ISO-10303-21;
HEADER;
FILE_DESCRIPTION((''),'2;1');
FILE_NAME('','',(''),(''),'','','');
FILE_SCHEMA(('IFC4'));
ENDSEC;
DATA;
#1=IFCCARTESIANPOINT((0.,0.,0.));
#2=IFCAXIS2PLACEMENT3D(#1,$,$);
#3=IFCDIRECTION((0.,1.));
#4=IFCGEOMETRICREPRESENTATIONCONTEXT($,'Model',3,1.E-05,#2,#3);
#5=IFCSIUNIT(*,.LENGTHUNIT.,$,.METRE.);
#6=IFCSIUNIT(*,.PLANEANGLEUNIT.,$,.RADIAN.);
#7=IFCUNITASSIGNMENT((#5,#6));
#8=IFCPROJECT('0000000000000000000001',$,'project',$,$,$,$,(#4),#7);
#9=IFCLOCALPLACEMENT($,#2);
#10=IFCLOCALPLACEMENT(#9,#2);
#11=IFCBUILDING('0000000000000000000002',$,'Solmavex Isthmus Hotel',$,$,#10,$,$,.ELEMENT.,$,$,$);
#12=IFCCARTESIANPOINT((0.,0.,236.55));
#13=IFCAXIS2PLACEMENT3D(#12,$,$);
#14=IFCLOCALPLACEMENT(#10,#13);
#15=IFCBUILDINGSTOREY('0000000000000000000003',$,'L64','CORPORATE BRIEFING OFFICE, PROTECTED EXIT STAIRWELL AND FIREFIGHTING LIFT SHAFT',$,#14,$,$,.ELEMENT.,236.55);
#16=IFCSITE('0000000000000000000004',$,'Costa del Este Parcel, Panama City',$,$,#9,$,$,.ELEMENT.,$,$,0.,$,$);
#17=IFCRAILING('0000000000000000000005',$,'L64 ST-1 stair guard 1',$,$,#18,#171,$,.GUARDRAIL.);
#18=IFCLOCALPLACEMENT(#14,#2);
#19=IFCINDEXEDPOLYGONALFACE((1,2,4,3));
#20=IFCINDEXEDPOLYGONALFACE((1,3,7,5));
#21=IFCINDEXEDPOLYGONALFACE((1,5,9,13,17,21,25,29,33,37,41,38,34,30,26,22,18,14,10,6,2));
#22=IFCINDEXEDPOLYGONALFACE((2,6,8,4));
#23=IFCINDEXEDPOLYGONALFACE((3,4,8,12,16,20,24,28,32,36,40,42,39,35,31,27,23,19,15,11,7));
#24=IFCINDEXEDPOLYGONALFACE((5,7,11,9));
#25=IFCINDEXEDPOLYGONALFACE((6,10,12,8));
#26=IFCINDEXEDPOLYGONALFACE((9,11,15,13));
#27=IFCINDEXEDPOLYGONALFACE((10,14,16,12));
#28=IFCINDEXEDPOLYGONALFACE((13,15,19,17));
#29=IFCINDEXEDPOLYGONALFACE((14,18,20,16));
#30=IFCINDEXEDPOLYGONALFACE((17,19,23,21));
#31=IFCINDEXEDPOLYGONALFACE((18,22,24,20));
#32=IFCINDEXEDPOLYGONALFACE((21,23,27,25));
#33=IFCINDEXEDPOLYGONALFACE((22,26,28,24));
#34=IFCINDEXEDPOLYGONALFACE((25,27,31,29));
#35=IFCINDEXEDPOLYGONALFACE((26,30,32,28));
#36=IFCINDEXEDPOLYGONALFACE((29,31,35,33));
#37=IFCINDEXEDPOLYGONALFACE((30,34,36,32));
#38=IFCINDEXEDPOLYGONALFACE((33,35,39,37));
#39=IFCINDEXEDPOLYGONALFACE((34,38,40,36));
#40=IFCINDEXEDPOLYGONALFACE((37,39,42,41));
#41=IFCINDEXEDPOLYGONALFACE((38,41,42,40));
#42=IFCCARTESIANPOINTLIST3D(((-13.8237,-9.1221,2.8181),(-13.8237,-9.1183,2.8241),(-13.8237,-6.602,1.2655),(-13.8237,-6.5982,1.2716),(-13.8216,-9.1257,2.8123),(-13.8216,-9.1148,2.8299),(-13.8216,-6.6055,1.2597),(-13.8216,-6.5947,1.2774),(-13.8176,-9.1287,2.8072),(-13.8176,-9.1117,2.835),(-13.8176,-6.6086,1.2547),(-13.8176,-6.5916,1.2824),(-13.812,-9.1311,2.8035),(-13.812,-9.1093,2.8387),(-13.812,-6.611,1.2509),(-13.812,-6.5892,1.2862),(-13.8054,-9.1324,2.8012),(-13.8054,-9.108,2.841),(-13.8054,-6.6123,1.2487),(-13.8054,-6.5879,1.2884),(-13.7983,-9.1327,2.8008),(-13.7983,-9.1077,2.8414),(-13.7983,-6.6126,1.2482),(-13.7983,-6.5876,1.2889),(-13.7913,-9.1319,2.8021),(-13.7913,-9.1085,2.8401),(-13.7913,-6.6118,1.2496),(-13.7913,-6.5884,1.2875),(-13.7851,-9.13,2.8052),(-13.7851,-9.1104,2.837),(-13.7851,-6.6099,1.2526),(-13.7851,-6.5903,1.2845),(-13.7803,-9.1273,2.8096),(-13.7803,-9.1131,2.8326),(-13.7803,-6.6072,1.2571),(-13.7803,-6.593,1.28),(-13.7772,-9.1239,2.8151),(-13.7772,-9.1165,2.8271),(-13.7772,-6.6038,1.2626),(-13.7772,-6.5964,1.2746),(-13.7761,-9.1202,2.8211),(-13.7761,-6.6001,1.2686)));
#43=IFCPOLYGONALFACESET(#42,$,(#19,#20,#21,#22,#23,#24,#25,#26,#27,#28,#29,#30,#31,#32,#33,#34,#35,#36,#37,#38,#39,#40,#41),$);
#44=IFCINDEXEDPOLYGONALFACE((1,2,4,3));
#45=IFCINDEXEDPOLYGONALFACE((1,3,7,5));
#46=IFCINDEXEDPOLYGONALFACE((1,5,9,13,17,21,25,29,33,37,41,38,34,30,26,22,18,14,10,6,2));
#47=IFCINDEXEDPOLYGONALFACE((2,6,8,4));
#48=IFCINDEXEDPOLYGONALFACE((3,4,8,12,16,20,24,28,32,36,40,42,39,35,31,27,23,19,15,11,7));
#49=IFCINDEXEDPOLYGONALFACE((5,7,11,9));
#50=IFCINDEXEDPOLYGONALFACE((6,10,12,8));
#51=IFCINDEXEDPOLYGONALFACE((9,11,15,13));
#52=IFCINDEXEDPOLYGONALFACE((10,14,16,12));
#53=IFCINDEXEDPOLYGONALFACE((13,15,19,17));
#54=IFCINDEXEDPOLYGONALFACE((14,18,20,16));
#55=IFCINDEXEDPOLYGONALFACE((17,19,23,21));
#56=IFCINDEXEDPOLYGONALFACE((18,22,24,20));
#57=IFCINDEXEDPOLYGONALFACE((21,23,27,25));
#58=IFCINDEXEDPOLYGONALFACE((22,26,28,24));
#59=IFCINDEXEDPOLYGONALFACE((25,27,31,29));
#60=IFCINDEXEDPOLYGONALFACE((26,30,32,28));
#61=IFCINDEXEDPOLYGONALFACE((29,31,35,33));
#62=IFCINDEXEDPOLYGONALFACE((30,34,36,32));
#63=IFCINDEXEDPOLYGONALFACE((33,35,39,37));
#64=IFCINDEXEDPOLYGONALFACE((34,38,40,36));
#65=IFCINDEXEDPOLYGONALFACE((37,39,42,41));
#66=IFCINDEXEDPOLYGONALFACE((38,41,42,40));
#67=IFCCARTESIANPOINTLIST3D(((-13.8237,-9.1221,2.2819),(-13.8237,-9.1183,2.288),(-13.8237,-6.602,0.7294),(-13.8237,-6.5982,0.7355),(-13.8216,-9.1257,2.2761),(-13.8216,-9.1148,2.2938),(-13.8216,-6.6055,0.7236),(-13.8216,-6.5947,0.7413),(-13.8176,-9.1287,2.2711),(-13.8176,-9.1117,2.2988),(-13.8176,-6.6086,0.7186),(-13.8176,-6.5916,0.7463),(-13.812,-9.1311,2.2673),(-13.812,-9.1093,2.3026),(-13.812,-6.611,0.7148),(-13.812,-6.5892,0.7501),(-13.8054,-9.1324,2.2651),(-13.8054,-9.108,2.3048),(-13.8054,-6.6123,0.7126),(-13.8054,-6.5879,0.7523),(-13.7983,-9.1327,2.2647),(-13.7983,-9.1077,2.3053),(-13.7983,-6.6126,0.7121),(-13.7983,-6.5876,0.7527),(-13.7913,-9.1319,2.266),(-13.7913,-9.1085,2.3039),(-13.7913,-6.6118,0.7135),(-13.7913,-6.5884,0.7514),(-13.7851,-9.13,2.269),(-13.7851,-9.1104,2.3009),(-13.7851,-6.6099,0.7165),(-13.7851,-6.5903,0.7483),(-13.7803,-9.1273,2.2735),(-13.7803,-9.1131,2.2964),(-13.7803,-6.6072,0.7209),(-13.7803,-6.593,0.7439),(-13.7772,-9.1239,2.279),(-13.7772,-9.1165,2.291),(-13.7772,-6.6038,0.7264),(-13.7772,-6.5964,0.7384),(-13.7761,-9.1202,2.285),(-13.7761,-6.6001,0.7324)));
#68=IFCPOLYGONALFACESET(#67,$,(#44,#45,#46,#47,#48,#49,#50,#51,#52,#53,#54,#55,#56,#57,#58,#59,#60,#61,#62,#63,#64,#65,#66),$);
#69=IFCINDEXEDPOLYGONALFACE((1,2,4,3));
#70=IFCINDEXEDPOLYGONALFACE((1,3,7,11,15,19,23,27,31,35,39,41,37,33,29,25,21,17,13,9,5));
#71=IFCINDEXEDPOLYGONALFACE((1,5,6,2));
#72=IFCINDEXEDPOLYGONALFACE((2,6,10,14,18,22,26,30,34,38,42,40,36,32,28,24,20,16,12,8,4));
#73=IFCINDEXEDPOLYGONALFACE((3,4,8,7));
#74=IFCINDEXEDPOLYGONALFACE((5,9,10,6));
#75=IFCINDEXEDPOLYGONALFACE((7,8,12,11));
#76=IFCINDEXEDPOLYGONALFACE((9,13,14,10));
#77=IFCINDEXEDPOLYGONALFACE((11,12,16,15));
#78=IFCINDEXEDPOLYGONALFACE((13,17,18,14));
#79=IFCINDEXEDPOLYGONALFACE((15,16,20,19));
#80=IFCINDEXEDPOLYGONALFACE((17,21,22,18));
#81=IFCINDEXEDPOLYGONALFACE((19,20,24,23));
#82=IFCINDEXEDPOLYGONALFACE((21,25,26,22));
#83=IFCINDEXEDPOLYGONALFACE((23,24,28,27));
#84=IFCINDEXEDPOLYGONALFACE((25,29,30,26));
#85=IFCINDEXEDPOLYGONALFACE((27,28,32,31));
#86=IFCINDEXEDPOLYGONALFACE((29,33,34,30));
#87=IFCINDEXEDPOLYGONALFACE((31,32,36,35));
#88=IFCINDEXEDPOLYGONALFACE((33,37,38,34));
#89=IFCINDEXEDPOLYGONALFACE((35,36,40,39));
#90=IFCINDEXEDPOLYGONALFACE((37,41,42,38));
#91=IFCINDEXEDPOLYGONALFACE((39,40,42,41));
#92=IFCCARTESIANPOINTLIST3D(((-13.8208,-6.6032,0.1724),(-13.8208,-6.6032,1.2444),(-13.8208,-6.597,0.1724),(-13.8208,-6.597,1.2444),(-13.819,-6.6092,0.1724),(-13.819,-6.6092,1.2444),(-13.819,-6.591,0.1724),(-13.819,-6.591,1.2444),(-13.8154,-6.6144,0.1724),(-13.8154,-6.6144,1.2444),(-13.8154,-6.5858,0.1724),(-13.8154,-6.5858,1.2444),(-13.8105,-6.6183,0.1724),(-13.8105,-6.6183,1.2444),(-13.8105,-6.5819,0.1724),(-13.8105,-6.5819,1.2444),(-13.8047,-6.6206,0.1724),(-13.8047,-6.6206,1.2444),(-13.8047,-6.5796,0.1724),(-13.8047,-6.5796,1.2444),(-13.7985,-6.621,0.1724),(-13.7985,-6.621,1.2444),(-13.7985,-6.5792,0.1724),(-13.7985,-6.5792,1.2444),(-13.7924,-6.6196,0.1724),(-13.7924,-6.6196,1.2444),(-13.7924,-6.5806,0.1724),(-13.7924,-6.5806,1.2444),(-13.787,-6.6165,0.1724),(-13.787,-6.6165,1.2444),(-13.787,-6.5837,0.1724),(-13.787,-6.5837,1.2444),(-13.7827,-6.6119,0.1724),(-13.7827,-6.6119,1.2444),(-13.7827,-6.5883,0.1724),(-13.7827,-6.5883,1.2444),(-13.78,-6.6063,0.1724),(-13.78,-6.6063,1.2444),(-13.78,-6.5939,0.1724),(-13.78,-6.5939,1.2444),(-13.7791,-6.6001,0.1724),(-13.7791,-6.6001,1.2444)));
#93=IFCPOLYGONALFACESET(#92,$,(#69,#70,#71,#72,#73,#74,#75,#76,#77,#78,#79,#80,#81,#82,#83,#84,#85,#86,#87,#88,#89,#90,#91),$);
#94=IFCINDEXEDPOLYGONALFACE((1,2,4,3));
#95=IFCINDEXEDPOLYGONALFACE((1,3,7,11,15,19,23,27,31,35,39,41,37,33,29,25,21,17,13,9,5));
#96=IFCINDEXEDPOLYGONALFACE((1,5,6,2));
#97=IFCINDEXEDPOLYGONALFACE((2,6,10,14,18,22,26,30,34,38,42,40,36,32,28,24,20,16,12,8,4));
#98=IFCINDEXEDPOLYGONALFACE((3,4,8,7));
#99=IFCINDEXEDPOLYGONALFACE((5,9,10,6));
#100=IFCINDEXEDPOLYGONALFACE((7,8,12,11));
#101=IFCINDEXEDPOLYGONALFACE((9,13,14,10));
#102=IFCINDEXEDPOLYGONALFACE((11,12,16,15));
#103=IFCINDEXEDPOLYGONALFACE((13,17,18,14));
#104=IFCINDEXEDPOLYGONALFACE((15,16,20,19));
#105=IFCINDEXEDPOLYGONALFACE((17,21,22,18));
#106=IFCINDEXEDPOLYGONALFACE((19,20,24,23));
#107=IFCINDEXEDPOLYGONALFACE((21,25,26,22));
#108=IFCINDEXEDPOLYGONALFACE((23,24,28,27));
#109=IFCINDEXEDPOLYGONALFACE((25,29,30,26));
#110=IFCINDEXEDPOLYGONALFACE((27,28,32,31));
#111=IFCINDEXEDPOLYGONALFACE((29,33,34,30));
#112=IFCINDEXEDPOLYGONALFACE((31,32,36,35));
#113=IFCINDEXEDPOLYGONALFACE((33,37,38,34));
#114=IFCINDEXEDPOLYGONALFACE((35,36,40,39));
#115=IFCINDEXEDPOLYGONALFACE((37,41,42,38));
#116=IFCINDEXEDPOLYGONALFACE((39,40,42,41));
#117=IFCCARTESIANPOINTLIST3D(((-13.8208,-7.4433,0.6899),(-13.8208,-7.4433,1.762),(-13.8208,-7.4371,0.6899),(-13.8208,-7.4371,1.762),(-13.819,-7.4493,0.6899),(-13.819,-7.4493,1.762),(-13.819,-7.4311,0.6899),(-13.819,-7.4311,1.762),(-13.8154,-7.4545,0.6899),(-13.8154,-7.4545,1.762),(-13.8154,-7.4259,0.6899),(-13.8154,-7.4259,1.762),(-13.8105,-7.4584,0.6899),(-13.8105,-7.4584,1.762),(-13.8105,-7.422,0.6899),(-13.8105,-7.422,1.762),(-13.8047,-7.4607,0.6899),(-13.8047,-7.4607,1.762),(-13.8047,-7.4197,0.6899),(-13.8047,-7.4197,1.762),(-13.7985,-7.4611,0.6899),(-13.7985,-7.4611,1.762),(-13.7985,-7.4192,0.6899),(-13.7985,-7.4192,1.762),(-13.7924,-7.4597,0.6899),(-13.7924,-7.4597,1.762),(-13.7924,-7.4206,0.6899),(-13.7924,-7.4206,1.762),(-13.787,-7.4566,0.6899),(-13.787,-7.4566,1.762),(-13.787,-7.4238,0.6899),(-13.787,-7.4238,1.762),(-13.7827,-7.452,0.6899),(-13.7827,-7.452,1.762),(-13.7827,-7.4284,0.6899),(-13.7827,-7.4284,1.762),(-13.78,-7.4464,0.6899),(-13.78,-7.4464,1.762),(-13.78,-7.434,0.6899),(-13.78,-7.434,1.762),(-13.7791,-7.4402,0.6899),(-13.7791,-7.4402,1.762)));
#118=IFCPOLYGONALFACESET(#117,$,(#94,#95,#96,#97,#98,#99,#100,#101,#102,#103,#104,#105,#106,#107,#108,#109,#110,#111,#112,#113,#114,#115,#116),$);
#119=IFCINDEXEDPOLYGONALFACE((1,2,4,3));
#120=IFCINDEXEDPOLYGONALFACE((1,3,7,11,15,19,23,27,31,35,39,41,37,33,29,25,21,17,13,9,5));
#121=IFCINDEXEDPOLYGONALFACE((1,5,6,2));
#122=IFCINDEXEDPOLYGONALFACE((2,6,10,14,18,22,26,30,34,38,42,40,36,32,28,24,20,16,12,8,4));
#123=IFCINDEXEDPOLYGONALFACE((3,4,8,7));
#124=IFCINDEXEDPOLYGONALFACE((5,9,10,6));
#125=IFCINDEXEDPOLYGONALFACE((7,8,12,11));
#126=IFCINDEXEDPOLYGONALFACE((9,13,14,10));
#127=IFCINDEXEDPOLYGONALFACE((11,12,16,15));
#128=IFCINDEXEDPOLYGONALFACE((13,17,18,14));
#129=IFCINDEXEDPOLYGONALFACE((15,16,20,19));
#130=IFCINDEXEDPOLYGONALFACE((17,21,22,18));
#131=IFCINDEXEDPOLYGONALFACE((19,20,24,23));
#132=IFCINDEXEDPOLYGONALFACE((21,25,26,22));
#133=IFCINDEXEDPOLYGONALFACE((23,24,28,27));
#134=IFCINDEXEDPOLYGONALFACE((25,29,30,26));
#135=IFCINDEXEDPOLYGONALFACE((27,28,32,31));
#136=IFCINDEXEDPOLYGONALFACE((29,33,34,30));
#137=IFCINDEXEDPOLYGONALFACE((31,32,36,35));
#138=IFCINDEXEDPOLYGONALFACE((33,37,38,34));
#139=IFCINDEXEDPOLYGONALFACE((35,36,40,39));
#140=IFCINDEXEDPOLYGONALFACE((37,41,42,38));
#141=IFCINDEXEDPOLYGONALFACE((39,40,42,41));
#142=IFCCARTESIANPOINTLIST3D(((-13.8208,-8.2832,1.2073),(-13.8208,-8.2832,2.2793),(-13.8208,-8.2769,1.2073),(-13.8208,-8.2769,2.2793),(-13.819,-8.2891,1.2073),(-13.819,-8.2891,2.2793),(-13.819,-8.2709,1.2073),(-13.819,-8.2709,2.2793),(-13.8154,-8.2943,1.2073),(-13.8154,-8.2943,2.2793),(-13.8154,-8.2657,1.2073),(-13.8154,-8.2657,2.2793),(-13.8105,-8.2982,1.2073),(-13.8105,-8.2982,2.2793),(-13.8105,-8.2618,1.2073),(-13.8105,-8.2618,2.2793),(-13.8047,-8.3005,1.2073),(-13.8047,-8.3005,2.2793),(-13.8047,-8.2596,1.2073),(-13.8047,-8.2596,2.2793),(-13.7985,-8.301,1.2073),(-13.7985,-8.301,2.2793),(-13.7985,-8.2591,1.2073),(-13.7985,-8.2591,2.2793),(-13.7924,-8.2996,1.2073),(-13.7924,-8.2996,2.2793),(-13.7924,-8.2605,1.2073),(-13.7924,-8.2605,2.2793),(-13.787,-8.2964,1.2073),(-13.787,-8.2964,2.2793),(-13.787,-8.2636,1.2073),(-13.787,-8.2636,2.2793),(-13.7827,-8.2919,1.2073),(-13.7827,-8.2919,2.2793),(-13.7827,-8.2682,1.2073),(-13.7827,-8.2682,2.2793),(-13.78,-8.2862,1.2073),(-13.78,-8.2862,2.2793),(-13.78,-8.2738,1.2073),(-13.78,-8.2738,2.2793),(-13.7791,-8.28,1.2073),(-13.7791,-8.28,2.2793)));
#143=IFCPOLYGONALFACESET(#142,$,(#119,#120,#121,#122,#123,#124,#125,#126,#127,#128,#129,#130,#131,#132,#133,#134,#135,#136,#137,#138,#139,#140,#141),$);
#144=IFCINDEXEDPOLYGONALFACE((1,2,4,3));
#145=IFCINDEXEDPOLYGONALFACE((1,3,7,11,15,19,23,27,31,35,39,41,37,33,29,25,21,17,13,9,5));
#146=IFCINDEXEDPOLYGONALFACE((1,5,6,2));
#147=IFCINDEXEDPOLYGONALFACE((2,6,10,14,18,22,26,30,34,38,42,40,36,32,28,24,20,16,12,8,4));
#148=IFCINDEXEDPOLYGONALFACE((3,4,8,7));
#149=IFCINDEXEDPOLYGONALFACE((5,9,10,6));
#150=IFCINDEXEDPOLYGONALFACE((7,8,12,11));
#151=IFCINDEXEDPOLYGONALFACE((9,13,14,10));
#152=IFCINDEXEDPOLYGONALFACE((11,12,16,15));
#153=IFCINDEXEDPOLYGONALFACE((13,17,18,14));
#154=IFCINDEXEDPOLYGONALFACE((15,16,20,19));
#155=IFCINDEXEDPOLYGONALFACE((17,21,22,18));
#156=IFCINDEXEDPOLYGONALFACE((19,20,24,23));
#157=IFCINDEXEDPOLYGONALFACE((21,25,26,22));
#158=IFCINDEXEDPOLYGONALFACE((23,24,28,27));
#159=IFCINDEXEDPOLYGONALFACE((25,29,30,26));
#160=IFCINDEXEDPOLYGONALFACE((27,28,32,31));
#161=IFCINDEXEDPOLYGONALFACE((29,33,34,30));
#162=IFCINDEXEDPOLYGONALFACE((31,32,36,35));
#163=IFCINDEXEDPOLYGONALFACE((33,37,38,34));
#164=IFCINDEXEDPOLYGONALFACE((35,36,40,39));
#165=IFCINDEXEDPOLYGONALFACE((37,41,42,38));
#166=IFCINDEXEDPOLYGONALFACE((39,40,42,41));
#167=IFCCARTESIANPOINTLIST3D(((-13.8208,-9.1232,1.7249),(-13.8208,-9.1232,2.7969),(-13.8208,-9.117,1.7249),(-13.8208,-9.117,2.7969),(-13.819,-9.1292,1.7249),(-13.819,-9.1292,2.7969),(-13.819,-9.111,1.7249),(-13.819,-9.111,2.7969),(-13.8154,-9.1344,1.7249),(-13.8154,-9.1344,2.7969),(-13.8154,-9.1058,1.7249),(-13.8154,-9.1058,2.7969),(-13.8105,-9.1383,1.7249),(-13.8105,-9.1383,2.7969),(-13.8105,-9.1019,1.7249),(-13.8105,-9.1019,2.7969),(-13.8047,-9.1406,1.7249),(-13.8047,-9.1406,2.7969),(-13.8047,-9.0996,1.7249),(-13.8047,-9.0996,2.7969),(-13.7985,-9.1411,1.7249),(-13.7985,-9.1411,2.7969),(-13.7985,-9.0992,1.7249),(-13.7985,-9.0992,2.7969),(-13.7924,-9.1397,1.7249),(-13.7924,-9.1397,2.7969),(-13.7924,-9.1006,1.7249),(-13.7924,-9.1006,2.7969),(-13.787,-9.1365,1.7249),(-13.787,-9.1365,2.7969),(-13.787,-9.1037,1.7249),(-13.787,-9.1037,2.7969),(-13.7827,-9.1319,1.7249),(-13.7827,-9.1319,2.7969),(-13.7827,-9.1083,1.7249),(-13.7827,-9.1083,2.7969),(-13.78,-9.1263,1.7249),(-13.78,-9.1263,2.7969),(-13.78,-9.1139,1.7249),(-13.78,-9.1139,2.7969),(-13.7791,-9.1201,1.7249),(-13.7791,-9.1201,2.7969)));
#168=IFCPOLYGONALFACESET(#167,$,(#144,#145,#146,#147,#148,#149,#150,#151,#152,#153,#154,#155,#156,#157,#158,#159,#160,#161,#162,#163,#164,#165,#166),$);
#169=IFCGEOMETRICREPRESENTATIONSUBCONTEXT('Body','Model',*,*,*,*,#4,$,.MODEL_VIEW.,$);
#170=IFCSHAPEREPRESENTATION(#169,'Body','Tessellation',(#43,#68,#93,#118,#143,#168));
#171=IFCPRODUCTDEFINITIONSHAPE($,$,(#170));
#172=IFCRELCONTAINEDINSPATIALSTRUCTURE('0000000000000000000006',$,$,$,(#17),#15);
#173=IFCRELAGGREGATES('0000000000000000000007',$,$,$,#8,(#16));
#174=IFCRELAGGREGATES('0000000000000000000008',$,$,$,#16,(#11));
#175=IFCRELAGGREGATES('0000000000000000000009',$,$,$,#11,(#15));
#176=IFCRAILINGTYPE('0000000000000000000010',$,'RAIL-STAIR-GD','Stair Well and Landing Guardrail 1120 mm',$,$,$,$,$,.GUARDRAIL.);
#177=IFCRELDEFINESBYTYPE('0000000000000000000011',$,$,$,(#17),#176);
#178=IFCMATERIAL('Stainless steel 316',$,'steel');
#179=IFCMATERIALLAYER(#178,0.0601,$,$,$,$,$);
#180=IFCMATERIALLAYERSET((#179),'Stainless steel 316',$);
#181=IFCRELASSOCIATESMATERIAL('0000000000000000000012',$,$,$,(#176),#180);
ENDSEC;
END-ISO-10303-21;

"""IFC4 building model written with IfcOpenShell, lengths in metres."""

from ifc_helpers import new_model, si_unit, direction, frame, origin, origin_2d, place, context, subcontext, project, spatial, circle, extrude, material, layer, layer_set, type_object, element, save


model = new_model("IFC4")

# Units and contexts
model_context = context("Model", 3, precision=1e-05, world=origin(), true_north=direction((0.0, 1.0)))
body_context = subcontext(model_context, "Body", "Model", "MODEL_VIEW")
ifc_project = project(units=[si_unit("LENGTHUNIT", "METRE"), si_unit("PLANEANGLEUNIT", "RADIAN")], contexts=[model_context])

# Site, building, storey
site_placement = place(None, origin())
site = spatial("IfcSite", under=ifc_project, at=site_placement, Name="Costa del Este Parcel, Panama City", CompositionType="ELEMENT", RefElevation=0.0)
building_placement = place(site_placement, origin())
building = spatial("IfcBuilding", under=site, at=building_placement, Name="Solmavex Isthmus Hotel", CompositionType="ELEMENT")
storey_placement = place(building_placement, frame((0.0, 0.0, 236.55)))
storey = spatial("IfcBuildingStorey", under=building, at=storey_placement, Name="L64", Description="CORPORATE BRIEFING OFFICE, PROTECTED EXIT STAIRWELL AND FIREFIGHTING LIFT SHAFT", CompositionType="ELEMENT", Elevation=236.55)

# Shared definitions
ifc_material_1 = material(Name="Stainless steel 316", Category="steel")

# Railing
ifc_layer_1 = layer(ifc_material_1, 0.0601)
ifc_layer_set_1 = layer_set([ifc_layer_1], Name="Stainless steel 316")
railing_type_1 = type_object("IfcRailingType", Name="RAIL-STAIR-GD", Description="Stair Well and Landing Guardrail 1120 mm", PredefinedType="GUARDRAIL", material=ifc_layer_set_1)
railing_1_placement = place(storey_placement, frame((-13.8, -6.6001, 0.1724)))
element("IfcRailing", 1, at=railing_1_placement, inside=storey, type_object=railing_type_1, Name="L64 ST-1 stair guard 1", PredefinedType="GUARDRAIL", context=body_context, shape_type="SweptSolid", body=[
    extrude(circle(Radius=0.0239, at=origin_2d()), frame((0.0, 0.0, 1.0962), z_axis=(0.0, -0.8514, 0.524516), x_axis=(1.0, 0.0, 0.0)), (0.0, 0.0, 1.0), 2.96),
    extrude(circle(Radius=0.0239, at=origin_2d()), frame((0.0, 0.0, 0.5601), z_axis=(0.0, -0.8514, 0.524516), x_axis=(1.0, 0.0, 0.0)), (0.0, 0.0, 1.0), 2.96),
    extrude(circle(Radius=0.021, at=origin_2d()), origin(), (0.0, 0.0, 1.0), 1.072),
    extrude(circle(Radius=0.021, at=origin_2d()), frame((0.0, -0.8401, 0.5176)), (0.0, 0.0, 1.0), 1.072),
    extrude(circle(Radius=0.021, at=origin_2d()), frame((0.0, -1.6799, 1.0349)), (0.0, 0.0, 1.0), 1.072),
    extrude(circle(Radius=0.021, at=origin_2d()), frame((0.0, -2.52, 1.5525)), (0.0, 0.0, 1.0), 1.072),
])

save(model, "model.ifc")
